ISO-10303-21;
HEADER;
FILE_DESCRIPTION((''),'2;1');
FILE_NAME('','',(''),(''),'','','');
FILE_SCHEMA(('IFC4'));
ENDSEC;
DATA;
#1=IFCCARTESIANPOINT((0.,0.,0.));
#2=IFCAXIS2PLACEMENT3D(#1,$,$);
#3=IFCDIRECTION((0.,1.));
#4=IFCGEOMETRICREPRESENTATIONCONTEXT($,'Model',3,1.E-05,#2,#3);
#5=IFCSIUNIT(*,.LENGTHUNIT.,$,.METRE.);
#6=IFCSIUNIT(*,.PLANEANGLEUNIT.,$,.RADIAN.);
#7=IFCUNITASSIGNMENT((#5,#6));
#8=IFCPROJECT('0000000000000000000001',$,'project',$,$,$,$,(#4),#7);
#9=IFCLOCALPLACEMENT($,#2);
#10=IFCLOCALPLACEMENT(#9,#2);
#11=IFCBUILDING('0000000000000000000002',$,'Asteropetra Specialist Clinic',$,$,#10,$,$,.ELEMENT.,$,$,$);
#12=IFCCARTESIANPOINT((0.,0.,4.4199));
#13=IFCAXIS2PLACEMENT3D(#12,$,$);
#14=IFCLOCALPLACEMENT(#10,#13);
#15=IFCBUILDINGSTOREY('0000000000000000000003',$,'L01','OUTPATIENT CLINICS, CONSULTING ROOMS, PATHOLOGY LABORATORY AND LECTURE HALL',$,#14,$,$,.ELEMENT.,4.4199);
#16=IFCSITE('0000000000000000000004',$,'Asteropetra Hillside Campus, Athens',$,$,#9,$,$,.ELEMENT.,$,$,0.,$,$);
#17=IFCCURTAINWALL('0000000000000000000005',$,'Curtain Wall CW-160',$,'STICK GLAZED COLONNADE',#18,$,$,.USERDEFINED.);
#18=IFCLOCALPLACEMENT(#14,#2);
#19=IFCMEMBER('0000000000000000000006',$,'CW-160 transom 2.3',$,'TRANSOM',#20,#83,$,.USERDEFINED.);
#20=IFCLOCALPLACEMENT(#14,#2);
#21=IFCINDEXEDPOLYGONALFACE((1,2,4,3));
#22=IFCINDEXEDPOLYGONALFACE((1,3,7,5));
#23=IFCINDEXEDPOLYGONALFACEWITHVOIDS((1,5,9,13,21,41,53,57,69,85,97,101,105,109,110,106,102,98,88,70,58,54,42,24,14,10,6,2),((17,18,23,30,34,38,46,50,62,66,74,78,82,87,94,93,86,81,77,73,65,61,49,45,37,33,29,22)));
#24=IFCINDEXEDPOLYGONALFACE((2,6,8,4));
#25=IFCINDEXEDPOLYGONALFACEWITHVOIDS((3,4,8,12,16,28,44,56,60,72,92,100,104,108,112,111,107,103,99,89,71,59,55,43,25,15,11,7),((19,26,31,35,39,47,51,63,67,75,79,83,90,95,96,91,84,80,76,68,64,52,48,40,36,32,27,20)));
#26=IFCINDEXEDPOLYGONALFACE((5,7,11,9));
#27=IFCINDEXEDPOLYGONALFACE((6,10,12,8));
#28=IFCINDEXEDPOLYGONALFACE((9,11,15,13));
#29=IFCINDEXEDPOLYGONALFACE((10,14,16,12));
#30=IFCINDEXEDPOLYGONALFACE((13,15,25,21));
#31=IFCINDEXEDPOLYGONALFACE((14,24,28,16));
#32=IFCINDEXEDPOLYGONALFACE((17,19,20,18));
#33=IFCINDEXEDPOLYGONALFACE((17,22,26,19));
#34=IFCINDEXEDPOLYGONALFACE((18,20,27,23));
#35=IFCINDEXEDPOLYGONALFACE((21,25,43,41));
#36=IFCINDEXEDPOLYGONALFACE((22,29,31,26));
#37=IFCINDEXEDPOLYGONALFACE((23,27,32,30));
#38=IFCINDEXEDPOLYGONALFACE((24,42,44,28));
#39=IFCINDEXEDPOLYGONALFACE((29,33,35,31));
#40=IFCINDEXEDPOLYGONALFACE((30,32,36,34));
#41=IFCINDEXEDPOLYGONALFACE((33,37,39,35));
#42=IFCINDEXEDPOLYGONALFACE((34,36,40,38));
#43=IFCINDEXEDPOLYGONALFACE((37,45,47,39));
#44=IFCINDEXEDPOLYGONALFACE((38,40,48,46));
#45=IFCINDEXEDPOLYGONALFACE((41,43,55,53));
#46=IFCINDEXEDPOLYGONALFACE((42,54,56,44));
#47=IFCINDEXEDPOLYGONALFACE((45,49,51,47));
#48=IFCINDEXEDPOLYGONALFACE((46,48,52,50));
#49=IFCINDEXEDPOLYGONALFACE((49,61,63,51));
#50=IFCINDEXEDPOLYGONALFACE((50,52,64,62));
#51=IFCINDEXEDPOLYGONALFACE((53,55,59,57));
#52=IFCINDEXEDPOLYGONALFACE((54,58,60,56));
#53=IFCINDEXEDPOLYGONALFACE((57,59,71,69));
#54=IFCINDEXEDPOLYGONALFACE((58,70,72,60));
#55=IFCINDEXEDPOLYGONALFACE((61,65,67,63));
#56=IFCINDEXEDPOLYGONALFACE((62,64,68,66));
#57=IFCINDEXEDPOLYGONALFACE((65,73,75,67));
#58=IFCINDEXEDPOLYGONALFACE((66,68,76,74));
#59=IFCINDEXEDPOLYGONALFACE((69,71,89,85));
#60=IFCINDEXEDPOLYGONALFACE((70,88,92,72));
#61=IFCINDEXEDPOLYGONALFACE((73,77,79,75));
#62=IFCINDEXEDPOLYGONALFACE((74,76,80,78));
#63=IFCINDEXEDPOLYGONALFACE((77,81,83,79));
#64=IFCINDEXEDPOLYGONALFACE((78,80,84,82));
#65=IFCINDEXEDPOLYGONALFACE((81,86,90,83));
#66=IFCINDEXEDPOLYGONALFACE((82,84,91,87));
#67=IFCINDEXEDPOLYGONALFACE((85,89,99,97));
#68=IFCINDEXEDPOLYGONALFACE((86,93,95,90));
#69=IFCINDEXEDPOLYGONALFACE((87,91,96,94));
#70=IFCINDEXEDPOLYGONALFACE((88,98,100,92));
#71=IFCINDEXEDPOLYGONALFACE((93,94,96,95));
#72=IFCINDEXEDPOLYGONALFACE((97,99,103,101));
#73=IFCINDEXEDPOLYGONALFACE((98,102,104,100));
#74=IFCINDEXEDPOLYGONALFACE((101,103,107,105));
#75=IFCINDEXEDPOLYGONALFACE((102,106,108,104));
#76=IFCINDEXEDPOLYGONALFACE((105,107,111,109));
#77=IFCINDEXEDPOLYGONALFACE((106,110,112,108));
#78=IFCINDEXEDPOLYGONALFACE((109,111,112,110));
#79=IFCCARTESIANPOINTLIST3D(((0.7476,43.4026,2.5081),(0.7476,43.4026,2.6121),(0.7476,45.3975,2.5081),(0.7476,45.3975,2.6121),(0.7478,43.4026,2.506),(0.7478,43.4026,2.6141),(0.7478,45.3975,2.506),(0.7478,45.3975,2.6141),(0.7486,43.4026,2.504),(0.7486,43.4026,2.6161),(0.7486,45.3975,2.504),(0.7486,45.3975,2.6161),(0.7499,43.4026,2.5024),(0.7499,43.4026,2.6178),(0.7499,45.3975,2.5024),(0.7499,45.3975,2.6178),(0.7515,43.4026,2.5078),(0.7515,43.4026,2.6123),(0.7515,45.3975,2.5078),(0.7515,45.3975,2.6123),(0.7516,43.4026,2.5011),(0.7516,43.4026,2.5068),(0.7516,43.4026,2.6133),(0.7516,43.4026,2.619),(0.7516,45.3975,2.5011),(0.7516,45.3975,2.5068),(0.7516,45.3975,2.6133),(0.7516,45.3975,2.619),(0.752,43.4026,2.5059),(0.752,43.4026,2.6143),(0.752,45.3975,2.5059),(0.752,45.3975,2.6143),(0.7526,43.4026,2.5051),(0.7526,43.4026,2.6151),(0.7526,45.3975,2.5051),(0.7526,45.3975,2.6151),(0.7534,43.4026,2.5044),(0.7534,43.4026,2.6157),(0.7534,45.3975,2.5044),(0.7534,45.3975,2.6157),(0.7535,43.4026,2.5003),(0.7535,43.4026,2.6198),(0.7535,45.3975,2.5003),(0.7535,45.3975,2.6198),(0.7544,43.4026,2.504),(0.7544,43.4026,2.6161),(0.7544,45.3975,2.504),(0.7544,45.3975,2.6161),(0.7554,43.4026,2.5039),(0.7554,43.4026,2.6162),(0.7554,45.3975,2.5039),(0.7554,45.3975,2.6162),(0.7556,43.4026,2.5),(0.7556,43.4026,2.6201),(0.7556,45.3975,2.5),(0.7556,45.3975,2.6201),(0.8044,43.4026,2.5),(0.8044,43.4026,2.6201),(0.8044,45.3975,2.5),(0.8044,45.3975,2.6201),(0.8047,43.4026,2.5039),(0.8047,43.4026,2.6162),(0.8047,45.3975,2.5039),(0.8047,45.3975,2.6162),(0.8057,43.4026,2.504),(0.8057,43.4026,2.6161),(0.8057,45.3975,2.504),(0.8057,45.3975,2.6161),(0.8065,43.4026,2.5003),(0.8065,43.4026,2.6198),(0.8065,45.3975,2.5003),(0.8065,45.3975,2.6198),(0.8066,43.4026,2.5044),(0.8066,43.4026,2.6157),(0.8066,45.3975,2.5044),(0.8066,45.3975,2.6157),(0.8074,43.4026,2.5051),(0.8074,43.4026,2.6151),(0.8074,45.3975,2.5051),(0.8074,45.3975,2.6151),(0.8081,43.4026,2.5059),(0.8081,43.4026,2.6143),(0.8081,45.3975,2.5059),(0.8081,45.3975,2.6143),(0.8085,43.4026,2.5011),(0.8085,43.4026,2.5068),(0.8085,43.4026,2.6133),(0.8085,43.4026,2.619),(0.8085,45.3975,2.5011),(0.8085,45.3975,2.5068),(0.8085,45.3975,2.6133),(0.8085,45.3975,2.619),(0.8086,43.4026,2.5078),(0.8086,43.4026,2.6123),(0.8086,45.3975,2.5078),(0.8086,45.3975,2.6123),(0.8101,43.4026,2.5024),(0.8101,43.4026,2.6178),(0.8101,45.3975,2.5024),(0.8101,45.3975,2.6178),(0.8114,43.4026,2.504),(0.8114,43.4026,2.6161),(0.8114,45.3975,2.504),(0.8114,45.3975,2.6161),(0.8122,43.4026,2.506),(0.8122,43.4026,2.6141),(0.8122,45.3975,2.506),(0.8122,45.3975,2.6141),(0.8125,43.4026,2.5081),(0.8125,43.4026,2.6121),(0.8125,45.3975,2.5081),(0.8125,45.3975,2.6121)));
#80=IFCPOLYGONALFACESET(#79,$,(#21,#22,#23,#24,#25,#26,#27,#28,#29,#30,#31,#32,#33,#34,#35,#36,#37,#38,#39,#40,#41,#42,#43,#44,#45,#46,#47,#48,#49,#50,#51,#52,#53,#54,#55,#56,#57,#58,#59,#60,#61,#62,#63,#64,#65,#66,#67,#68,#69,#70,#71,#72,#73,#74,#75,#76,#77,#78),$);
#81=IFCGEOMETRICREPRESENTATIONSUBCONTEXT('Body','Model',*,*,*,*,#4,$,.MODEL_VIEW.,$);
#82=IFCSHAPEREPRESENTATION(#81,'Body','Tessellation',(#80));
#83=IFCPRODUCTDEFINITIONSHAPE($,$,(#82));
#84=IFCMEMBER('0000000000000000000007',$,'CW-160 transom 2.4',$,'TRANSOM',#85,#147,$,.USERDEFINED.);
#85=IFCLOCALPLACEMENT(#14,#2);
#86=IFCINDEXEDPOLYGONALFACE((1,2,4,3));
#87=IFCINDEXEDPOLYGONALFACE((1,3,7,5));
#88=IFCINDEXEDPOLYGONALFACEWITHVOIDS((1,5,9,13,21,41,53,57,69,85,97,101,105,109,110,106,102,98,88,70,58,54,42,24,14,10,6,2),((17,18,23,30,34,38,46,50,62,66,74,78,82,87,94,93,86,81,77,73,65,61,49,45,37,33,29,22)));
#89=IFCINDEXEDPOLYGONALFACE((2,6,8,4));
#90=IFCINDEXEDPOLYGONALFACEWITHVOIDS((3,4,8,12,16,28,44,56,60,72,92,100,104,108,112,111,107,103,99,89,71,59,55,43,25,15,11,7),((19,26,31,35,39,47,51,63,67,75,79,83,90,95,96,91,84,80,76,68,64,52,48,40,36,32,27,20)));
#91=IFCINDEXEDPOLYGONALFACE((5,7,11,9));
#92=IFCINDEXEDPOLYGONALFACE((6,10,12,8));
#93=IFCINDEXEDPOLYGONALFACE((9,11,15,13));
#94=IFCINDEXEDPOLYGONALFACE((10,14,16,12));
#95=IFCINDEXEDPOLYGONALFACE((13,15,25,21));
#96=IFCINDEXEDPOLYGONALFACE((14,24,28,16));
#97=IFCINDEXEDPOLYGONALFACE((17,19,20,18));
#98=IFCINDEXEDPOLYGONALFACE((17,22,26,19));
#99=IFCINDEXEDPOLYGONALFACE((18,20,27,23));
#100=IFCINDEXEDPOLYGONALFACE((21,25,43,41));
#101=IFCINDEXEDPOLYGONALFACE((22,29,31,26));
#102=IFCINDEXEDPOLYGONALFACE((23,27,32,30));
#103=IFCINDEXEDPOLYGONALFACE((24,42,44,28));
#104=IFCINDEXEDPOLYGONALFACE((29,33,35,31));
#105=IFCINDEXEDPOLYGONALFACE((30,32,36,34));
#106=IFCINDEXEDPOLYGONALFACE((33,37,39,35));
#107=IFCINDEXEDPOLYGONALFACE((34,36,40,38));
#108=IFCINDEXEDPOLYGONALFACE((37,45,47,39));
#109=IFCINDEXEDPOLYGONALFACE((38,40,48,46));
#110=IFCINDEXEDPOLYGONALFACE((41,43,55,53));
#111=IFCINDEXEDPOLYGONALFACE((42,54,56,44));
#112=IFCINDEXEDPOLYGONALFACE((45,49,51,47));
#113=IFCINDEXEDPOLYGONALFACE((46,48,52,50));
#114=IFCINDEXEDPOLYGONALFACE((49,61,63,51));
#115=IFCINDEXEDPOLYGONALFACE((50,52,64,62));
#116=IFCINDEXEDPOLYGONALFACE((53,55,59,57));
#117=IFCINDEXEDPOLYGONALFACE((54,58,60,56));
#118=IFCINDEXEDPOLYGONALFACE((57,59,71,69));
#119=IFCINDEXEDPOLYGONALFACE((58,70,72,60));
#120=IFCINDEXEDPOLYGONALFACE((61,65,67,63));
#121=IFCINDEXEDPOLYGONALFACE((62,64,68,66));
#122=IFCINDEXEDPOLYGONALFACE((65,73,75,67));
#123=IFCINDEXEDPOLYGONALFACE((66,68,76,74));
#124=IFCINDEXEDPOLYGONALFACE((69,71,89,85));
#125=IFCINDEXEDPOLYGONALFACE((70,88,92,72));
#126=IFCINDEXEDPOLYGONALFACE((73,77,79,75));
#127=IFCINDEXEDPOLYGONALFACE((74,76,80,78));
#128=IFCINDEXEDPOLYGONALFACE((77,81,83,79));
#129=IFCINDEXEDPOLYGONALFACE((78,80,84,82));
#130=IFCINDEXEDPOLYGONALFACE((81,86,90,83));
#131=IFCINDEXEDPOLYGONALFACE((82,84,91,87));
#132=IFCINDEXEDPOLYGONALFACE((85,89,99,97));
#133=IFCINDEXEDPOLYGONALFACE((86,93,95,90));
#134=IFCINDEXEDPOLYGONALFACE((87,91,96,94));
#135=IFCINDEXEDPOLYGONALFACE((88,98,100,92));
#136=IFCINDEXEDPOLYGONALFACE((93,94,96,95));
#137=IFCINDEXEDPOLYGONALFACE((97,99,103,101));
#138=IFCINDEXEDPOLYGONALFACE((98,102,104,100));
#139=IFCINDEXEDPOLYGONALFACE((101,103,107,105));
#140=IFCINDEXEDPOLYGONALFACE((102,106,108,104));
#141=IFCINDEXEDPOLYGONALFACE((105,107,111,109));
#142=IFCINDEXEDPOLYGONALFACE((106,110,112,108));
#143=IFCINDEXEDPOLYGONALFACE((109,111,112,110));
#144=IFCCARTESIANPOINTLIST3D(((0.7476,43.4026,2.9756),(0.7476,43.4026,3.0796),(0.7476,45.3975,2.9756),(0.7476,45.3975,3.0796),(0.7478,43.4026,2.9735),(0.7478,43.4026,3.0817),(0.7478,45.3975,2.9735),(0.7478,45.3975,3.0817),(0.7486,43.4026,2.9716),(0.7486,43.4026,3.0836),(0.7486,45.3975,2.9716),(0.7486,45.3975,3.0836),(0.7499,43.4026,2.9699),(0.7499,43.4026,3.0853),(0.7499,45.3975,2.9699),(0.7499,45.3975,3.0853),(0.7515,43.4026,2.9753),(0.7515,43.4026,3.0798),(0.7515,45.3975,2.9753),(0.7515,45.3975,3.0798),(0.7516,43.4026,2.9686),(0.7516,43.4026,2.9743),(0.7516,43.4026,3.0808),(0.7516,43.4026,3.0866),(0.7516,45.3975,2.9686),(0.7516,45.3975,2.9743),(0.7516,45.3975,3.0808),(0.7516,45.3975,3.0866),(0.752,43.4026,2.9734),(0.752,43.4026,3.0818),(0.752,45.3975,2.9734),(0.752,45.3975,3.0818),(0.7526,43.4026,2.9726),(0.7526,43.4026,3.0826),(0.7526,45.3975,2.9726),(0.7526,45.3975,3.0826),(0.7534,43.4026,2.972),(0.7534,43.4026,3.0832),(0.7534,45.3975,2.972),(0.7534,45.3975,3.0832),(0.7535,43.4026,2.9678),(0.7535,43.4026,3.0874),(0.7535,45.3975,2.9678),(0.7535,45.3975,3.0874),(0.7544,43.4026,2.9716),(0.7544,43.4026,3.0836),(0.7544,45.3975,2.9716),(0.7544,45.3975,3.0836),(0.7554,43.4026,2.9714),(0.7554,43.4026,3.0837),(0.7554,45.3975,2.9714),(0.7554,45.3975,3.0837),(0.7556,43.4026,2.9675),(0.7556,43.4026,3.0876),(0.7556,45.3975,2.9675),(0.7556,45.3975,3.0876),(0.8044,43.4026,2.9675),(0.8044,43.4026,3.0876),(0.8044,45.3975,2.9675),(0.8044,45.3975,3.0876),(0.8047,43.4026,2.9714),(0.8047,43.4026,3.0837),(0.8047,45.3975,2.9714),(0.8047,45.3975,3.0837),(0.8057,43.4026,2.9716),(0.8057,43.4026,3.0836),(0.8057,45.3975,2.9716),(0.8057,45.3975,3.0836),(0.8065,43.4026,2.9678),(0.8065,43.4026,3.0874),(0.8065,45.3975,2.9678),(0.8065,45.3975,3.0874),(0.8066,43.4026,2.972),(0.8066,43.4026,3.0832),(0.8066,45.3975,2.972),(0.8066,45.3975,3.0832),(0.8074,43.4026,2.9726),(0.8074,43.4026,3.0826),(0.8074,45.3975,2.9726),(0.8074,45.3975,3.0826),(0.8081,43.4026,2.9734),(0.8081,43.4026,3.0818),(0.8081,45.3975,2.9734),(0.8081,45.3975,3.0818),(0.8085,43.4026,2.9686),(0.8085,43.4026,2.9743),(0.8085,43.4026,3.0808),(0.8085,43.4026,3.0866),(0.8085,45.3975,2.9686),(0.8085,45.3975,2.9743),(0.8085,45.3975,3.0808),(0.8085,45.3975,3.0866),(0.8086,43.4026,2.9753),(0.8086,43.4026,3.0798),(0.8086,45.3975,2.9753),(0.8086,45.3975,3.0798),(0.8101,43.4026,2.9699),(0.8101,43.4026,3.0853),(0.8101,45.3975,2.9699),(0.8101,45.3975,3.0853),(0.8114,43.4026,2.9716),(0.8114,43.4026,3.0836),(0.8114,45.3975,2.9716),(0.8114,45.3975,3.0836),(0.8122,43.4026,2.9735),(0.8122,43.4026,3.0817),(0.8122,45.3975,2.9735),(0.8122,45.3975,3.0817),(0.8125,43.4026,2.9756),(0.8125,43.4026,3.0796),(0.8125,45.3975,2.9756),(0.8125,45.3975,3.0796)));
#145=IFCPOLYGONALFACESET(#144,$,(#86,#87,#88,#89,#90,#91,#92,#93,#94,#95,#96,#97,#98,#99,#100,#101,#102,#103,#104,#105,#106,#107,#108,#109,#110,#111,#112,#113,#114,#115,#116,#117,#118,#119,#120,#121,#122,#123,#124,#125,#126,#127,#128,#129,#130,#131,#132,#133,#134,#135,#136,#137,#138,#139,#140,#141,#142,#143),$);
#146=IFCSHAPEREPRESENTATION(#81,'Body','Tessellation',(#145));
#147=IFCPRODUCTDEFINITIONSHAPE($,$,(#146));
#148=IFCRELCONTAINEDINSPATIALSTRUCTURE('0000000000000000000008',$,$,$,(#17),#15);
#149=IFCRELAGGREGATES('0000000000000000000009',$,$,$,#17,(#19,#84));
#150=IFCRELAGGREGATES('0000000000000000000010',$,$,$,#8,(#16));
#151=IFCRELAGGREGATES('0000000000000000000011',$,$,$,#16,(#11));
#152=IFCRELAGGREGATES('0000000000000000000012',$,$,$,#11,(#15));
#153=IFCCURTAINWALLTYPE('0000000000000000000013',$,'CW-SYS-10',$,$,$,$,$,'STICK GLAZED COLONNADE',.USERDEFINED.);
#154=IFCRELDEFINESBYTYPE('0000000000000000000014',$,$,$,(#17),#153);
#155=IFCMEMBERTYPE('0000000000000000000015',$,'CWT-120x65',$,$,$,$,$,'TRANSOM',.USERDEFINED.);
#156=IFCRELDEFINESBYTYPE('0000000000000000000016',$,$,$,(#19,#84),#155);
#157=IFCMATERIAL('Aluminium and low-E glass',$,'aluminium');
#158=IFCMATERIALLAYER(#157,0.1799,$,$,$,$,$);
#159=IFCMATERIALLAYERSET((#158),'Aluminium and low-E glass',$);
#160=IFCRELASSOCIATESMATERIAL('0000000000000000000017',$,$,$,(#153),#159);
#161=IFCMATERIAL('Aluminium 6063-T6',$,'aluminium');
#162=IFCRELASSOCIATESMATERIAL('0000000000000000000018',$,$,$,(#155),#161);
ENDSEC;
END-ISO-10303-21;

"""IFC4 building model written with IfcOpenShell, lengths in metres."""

from ifc_helpers import new_model, si_unit, direction, frame, origin, origin_2d, place, context, subcontext, project, spatial, hollow_rectangle, extrude, material, layer, layer_set, material_profile, profile_set, type_object, element, aggregate, save


model = new_model("IFC4")

# Units and contexts
model_context = context("Model", 3, precision=1e-05, world=origin(), true_north=direction((0.0, 1.0)))
body_context = subcontext(model_context, "Body", "Model", "MODEL_VIEW")
ifc_project = project(units=[si_unit("LENGTHUNIT", "METRE"), si_unit("PLANEANGLEUNIT", "RADIAN")], contexts=[model_context])

# Site, building, storey
site_placement = place(None, origin())
site = spatial("IfcSite", under=ifc_project, at=site_placement, Name="Asteropetra Hillside Campus, Athens", CompositionType="ELEMENT", RefElevation=0.0)
building_placement = place(site_placement, origin())
building = spatial("IfcBuilding", under=site, at=building_placement, Name="Asteropetra Specialist Clinic", CompositionType="ELEMENT")
storey_placement = place(building_placement, frame((0.0, 0.0, 4.4199)))
storey = spatial("IfcBuildingStorey", under=building, at=storey_placement, Name="L01", Description="OUTPATIENT CLINICS, CONSULTING ROOMS, PATHOLOGY LABORATORY AND LECTURE HALL", CompositionType="ELEMENT", Elevation=4.4199)

# Curtain wall, members
ifc_material_1 = material(Name="Aluminium and low-E glass", Category="aluminium")
ifc_layer_1 = layer(ifc_material_1, 0.1799)
ifc_layer_set_1 = layer_set([ifc_layer_1], Name="Aluminium and low-E glass")
curtain_wall_type = type_object("IfcCurtainWallType", Name="CW-SYS-10", ElementType="STICK GLAZED COLONNADE", PredefinedType="USERDEFINED", material=ifc_layer_set_1)
curtain_wall_placement = place(storey_placement, origin())
curtain_wall = element("IfcCurtainWall", 1, at=curtain_wall_placement, inside=storey, type_object=curtain_wall_type, Name="Curtain Wall CW-160", ObjectType="STICK GLAZED COLONNADE", PredefinedType="USERDEFINED")
ifc_material_2 = material(Name="Aluminium 6063-T6", Category="aluminium")
ifc_material_profile_1 = material_profile(ifc_material_2, hollow_rectangle(XDim=0.0649, YDim=0.1201, WallThickness=0.0039, InnerFilletRadius=0.0039, OuterFilletRadius=0.0081, at=origin_2d()), Name="TRN 120x65x4.0")
ifc_profile_set_1 = profile_set([ifc_material_profile_1], Name="Aluminium 6063-T6")
member_type_1 = type_object("IfcMemberType", Name="CWT-120x65", ElementType="TRANSOM", PredefinedType="USERDEFINED", material=ifc_profile_set_1)
member_1_placement = place(storey_placement, frame((0.78, 45.3975, 2.5601), z_axis=(0.0, -1.0, 0.0), x_axis=(1.0, 0.0, 0.0)))
member_1 = element("IfcMember", 2, at=member_1_placement, type_object=member_type_1, Name="CW-160 transom 2.3", ObjectType="TRANSOM", PredefinedType="USERDEFINED", context=body_context, shape_type="SweptSolid", body=[
    extrude(hollow_rectangle(XDim=0.0649, YDim=0.1201, WallThickness=0.0039, InnerFilletRadius=0.0039, OuterFilletRadius=0.0081, at=origin_2d()), origin(), (0.0, 0.0, 1.0), 1.9949),
])
member_2_placement = place(storey_placement, frame((0.78, 45.3975, 3.0276), z_axis=(0.0, -1.0, 0.0), x_axis=(1.0, 0.0, 0.0)))
member_2 = element("IfcMember", 3, at=member_2_placement, type_object=member_type_1, Name="CW-160 transom 2.4", ObjectType="TRANSOM", PredefinedType="USERDEFINED", context=body_context, shape_type="SweptSolid", body=[
    extrude(hollow_rectangle(XDim=0.0649, YDim=0.1201, WallThickness=0.0039, InnerFilletRadius=0.0039, OuterFilletRadius=0.0081, at=origin_2d()), origin(), (0.0, 0.0, 1.0), 1.9949),
])
aggregate(curtain_wall, [member_1, member_2])

save(model, "model.ifc")
